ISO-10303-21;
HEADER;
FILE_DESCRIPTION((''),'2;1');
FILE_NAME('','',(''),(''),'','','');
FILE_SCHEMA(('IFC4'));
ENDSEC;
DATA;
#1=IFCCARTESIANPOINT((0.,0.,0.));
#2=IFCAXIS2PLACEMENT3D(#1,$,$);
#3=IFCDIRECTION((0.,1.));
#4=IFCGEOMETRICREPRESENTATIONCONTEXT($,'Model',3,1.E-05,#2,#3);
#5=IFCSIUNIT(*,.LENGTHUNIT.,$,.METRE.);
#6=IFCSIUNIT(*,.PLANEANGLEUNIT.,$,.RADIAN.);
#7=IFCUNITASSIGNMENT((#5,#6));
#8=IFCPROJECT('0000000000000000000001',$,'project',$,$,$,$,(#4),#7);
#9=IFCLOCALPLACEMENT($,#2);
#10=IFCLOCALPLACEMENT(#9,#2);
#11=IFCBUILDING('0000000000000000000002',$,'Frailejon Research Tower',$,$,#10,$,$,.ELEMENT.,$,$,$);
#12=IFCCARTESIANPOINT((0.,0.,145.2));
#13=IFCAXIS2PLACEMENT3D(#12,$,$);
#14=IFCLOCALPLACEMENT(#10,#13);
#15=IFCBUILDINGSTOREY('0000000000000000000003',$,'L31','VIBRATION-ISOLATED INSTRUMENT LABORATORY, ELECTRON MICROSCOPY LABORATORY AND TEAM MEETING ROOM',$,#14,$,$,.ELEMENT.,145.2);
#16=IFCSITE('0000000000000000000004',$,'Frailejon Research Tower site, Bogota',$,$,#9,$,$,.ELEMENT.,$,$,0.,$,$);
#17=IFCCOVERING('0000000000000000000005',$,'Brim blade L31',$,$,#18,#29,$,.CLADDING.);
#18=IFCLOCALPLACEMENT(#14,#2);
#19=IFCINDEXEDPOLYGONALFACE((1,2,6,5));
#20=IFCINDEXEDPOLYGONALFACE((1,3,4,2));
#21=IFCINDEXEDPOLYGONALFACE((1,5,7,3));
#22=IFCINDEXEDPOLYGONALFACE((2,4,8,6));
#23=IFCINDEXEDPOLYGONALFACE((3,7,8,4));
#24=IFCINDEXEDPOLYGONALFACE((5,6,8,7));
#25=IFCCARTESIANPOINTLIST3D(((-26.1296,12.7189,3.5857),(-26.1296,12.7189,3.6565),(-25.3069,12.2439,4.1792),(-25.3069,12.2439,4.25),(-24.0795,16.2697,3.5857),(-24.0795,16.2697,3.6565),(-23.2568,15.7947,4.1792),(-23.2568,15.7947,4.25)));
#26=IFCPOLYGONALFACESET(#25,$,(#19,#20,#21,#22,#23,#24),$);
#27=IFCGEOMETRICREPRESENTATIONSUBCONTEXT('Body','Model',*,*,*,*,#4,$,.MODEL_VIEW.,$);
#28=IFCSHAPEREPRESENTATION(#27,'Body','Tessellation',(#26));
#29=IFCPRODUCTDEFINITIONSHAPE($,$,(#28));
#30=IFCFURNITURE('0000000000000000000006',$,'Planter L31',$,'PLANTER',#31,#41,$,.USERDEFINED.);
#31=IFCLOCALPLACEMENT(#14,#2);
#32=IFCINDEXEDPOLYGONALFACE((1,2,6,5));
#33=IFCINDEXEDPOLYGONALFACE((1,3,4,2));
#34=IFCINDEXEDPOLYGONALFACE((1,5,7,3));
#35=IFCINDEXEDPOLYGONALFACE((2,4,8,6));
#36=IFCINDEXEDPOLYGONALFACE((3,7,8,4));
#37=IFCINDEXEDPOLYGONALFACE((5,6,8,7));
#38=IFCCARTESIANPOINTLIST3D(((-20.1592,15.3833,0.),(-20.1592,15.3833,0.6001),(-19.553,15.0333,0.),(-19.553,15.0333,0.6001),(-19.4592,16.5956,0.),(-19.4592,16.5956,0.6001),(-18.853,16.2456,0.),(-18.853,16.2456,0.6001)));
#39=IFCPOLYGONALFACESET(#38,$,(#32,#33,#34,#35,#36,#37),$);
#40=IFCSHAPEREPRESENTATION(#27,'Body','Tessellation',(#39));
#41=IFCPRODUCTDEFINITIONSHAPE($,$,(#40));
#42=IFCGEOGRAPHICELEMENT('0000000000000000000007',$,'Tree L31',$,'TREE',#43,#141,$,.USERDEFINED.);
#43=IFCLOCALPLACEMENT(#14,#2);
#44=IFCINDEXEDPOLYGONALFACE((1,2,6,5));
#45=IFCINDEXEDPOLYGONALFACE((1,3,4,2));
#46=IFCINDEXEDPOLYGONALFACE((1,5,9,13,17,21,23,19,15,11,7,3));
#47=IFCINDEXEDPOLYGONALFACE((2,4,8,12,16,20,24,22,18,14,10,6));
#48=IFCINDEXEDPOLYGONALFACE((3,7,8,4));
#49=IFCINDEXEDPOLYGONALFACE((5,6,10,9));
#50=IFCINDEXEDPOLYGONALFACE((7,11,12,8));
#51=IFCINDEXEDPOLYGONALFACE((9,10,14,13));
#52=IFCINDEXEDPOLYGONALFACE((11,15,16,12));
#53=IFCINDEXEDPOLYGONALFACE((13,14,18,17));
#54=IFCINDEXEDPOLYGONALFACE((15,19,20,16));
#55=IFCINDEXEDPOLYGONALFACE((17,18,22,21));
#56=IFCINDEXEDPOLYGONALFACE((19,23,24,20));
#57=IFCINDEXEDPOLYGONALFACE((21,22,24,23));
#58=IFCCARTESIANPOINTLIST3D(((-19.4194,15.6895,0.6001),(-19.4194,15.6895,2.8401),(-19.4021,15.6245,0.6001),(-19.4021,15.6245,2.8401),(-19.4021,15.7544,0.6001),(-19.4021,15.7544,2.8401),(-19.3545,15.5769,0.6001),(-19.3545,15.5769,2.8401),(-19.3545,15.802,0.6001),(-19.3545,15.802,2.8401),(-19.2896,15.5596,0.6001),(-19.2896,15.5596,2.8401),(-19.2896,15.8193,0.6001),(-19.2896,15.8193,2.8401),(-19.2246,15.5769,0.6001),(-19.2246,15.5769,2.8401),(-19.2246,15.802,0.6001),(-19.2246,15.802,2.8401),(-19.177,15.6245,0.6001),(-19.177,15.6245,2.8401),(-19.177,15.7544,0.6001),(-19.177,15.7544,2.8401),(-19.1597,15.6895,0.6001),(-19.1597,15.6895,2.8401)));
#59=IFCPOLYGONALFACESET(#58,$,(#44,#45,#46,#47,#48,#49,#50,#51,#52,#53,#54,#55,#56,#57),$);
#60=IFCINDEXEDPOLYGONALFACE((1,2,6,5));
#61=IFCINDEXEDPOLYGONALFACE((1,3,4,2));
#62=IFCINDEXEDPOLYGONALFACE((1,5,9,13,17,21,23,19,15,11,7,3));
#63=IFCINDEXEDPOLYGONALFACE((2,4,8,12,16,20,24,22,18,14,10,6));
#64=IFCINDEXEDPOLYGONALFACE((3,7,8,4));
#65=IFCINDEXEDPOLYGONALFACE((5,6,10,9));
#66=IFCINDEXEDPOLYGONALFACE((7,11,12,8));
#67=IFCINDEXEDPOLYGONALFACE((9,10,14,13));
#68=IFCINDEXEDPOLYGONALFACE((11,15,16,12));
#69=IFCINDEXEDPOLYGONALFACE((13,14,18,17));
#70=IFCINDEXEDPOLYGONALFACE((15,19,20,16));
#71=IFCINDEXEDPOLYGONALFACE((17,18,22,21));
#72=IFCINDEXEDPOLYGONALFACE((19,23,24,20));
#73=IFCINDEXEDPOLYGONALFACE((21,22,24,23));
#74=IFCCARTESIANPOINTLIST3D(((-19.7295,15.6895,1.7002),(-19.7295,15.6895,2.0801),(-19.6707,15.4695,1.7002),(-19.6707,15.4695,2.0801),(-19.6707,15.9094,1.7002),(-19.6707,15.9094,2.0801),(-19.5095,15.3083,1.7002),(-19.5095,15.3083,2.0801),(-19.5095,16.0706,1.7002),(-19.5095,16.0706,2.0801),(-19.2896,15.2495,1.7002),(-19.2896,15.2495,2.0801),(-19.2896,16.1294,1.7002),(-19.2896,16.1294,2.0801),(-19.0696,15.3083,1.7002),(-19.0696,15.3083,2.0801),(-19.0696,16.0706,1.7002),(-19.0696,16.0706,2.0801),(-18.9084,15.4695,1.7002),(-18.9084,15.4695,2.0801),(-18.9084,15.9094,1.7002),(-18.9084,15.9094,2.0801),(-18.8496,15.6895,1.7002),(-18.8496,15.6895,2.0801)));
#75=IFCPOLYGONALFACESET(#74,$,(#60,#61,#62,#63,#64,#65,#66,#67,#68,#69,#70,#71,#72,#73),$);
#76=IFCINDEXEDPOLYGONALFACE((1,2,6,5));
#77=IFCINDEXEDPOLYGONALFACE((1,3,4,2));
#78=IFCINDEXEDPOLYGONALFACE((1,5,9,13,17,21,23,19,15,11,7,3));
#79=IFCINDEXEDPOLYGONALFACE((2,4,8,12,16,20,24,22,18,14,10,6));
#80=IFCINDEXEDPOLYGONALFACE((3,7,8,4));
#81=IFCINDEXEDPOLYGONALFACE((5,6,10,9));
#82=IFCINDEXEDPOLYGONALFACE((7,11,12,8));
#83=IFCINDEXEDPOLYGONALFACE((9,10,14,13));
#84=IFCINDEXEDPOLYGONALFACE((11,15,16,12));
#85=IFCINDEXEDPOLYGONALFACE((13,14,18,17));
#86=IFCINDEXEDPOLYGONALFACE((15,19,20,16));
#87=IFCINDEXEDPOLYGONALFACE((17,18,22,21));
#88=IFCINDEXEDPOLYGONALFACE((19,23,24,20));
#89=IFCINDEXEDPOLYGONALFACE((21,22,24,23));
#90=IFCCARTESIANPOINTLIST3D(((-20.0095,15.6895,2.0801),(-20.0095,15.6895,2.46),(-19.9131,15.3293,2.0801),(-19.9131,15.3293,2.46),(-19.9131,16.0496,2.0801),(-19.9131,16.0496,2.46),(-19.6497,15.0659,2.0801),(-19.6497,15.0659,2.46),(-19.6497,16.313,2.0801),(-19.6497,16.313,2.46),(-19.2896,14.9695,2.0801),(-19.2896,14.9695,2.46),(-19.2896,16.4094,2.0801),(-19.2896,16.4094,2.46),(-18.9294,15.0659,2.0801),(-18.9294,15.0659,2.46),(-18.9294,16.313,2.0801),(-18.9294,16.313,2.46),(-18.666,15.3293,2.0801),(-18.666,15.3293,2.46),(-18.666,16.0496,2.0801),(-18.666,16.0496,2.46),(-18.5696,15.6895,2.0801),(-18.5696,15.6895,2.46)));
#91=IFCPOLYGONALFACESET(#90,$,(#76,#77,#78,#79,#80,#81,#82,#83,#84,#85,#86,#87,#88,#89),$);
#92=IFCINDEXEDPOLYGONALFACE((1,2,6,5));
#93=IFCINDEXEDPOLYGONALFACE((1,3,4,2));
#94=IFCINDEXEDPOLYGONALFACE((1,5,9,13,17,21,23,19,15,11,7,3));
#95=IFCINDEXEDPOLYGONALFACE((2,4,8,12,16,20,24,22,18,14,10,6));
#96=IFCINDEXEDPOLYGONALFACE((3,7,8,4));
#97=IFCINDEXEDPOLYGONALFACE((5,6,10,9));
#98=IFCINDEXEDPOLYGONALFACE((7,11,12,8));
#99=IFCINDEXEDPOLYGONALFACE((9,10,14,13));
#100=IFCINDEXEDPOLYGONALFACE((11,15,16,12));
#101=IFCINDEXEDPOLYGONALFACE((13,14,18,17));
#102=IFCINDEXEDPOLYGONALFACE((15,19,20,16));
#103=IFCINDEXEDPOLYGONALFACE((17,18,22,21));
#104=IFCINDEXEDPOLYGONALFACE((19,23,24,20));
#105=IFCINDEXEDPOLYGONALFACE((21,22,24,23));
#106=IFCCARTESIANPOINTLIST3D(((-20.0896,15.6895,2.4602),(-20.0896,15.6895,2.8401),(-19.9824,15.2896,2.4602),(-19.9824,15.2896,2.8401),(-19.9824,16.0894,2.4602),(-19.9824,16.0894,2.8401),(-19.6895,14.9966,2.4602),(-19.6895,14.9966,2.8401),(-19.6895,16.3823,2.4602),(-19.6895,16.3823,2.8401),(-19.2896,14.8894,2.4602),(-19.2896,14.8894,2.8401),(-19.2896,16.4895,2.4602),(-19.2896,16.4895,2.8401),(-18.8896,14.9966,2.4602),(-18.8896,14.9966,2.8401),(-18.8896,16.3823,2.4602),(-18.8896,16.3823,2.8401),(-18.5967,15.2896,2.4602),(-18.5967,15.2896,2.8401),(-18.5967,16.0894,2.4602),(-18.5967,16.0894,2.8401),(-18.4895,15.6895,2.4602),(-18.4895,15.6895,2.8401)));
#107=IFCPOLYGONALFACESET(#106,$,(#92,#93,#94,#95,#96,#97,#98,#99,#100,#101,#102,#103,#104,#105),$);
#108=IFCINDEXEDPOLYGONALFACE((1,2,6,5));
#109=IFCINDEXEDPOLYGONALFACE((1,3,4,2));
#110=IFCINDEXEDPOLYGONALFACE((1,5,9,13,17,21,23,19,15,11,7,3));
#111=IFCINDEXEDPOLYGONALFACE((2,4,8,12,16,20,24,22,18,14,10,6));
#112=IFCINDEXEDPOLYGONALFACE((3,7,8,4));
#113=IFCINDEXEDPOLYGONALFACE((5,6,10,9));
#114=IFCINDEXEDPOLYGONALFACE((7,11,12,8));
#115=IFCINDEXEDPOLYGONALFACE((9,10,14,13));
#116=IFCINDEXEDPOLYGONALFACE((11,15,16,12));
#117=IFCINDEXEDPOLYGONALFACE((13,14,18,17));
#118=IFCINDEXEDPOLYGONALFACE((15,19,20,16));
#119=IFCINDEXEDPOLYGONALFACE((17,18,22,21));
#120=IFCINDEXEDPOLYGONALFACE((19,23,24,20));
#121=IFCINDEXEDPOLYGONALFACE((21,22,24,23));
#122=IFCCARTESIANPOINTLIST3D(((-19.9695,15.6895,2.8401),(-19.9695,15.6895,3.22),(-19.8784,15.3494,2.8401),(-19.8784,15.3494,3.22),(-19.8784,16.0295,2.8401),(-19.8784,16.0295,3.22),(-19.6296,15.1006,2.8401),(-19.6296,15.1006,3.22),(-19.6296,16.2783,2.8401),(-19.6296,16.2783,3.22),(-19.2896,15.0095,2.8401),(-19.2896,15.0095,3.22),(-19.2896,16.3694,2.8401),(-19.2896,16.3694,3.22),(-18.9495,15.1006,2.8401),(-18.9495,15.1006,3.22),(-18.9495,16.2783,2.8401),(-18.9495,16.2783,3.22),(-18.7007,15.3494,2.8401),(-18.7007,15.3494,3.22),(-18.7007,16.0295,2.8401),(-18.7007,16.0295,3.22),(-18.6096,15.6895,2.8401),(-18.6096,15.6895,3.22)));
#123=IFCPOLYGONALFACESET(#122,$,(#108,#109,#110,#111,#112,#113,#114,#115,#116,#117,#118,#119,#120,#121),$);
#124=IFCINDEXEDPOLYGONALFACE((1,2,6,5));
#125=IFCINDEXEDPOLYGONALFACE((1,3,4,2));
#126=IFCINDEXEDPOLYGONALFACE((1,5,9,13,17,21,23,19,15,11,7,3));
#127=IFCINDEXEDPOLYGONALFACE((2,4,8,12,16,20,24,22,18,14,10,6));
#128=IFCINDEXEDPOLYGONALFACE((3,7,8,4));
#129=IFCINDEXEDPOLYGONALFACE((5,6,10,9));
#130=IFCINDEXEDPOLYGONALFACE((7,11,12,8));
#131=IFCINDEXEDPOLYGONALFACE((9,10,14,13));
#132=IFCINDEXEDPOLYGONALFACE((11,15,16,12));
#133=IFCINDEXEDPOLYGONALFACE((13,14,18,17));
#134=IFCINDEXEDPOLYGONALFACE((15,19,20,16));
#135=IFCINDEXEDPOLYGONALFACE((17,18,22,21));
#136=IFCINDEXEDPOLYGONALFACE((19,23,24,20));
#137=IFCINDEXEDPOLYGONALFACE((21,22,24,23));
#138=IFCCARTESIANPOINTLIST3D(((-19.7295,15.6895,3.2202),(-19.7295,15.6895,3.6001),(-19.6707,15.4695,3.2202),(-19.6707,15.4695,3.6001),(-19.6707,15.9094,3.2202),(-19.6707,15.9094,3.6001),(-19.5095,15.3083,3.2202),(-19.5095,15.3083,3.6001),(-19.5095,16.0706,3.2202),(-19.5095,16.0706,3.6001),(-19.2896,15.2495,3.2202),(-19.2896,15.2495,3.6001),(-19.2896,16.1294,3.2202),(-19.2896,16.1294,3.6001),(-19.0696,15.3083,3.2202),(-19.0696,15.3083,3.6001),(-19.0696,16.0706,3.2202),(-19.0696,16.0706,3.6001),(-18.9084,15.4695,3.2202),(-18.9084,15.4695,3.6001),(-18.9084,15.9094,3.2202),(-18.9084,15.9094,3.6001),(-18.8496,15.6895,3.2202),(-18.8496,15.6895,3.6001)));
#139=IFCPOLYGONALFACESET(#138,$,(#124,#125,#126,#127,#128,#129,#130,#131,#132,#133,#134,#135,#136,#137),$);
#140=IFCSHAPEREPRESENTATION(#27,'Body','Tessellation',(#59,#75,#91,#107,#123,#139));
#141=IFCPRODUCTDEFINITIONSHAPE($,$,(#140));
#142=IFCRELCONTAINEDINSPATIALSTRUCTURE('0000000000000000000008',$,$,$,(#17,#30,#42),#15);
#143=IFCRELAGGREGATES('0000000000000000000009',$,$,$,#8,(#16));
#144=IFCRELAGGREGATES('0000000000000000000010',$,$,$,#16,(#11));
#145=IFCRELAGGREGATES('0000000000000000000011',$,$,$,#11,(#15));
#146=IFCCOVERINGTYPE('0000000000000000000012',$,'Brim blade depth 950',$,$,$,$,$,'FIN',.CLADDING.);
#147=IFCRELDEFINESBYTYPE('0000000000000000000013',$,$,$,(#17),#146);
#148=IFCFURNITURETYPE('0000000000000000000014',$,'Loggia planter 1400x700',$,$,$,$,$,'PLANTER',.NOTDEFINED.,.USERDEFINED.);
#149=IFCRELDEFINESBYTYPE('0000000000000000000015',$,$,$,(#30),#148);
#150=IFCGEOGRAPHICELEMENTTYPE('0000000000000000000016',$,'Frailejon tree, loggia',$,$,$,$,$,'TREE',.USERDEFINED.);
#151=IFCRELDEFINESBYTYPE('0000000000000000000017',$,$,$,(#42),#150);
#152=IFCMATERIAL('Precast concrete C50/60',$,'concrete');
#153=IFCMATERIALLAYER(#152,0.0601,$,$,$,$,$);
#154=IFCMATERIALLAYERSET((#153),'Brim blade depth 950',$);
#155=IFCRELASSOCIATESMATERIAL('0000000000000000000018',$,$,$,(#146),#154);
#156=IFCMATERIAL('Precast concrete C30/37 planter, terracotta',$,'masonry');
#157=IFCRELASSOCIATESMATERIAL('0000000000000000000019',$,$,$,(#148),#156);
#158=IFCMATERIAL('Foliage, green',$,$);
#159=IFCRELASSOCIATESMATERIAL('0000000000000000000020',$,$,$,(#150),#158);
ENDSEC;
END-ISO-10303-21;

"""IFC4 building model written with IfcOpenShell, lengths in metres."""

from ifc_helpers import new_model, si_unit, direction, frame, origin, origin_2d, place, context, subcontext, project, spatial, polyline, rectangle, outline, extrude, material, layer, layer_set, type_object, element, save


model = new_model("IFC4")

# Units and contexts
model_context = context("Model", 3, precision=1e-05, world=origin(), true_north=direction((0.0, 1.0)))
body_context = subcontext(model_context, "Body", "Model", "MODEL_VIEW")
ifc_project = project(units=[si_unit("LENGTHUNIT", "METRE"), si_unit("PLANEANGLEUNIT", "RADIAN")], contexts=[model_context])

# Site, building, storey
site_placement = place(None, origin())
site = spatial("IfcSite", under=ifc_project, at=site_placement, Name="Frailejon Research Tower site, Bogota", CompositionType="ELEMENT", RefElevation=0.0)
building_placement = place(site_placement, origin())
building = spatial("IfcBuilding", under=site, at=building_placement, Name="Frailejon Research Tower", CompositionType="ELEMENT")
storey_placement = place(building_placement, frame((0.0, 0.0, 145.2)))
storey = spatial("IfcBuildingStorey", under=building, at=storey_placement, Name="L31", Description="VIBRATION-ISOLATED INSTRUMENT LABORATORY, ELECTRON MICROSCOPY LABORATORY AND TEAM MEETING ROOM", CompositionType="ELEMENT", Elevation=145.2)

# Covering
ifc_material_1 = material(Name="Precast concrete C50/60", Category="concrete")
ifc_layer_1 = layer(ifc_material_1, 0.0601)
ifc_layer_set_1 = layer_set([ifc_layer_1], Name="Brim blade depth 950")
covering_type_1 = type_object("IfcCoveringType", Name="Brim blade depth 950", ElementType="FIN", PredefinedType="CLADDING", material=ifc_layer_set_1)
covering_1_placement = place(storey_placement, frame((-25.3069, 12.2439, 4.25), z_axis=(0.500001, 0.866025, 0.0), x_axis=(-0.866025, 0.500001, 0.0)))
element("IfcCovering", 1, at=covering_1_placement, inside=storey, type_object=covering_type_1, Name="Brim blade L31", PredefinedType="CLADDING", context=body_context, shape_type="SweptSolid", body=[
    extrude(outline(polyline([(0.0, -0.0708), (0.95, -0.6643), (0.95, -0.5935), (0.0, 0.0), (0.0, -0.0708)])), origin(), (0.0, 0.0, 1.0), 4.1001),
])

# Furniture
ifc_material_2 = material(Name="Precast concrete C30/37 planter, terracotta", Category="masonry")
furniture_type = type_object("IfcFurnitureType", Name="Loggia planter 1400x700", ElementType="PLANTER", AssemblyPlace="NOTDEFINED", PredefinedType="USERDEFINED", material=ifc_material_2)
furniture_placement = place(storey_placement, frame((-19.5061, 15.8145, 0.0), z_axis=(0.0, 0.0, 1.0), x_axis=(-0.5, -0.866025, 0.0)))
element("IfcFurniture", 2, at=furniture_placement, inside=storey, type_object=furniture_type, Name="Planter L31", ObjectType="PLANTER", PredefinedType="USERDEFINED", context=body_context, shape_type="SweptSolid", body=[
    extrude(rectangle(XDim=1.3999, YDim=0.7, at=origin_2d()), origin(), (0.0, 0.0, 1.0), 0.6001),
])

# Geographic element
ifc_material_3 = material(Name="Foliage, green")
geographic_element_type = type_object("IfcGeographicElementType", Name="Frailejon tree, loggia", ElementType="TREE", PredefinedType="USERDEFINED", material=ifc_material_3)
geographic_element_placement = place(storey_placement, frame((-19.2896, 15.6895, 0.6001)))
element("IfcGeographicElement", 3, at=geographic_element_placement, inside=storey, type_object=geographic_element_type, Name="Tree L31", ObjectType="TREE", PredefinedType="USERDEFINED", context=body_context, shape_type="SweptSolid", body=[
    extrude(outline(polyline([(0.1299, 0.0), (0.1125, 0.0649), (0.0649, 0.1125), (0.0, 0.1299), (-0.0649, 0.1125), (-0.1125, 0.0649), (-0.1299, 0.0), (-0.1125, -0.0649), (-0.0649, -0.1125), (0.0, -0.1299), (0.0649, -0.1125), (0.1125, -0.0649), (0.1299, 0.0)])), origin(), (0.0, 0.0, 1.0), 2.24),
    extrude(outline(polyline([(0.4399, 0.0), (0.3811, 0.22), (0.22, 0.3811), (0.0, 0.4399), (-0.22, 0.3811), (-0.3811, 0.22), (-0.4399, 0.0), (-0.3811, -0.22), (-0.22, -0.3811), (0.0, -0.4399), (0.22, -0.3811), (0.3811, -0.22), (0.4399, 0.0)])), frame((0.0, 0.0, 1.1001)), (0.0, 0.0, 1.0), 0.3799),
    extrude(outline(polyline([(0.72, 0.0), (0.6235, 0.3601), (0.3601, 0.6235), (0.0, 0.72), (-0.3601, 0.6235), (-0.6235, 0.3601), (-0.72, 0.0), (-0.6235, -0.3601), (-0.3601, -0.6235), (0.0, -0.72), (0.3601, -0.6235), (0.6235, -0.3601), (0.72, 0.0)])), frame((0.0, 0.0, 1.48)), (0.0, 0.0, 1.0), 0.3799),
    extrude(outline(polyline([(0.8, 0.0), (0.6929, 0.3999), (0.3999, 0.6929), (0.0, 0.8), (-0.3999, 0.6929), (-0.6929, 0.3999), (-0.8, 0.0), (-0.6929, -0.3999), (-0.3999, -0.6929), (0.0, -0.8), (0.3999, -0.6929), (0.6929, -0.3999), (0.8, 0.0)])), frame((0.0, 0.0, 1.8601)), (0.0, 0.0, 1.0), 0.3799),
    extrude(outline(polyline([(0.6799, 0.0), (0.5889, 0.3401), (0.3401, 0.5889), (0.0, 0.6799), (-0.3401, 0.5889), (-0.5889, 0.3401), (-0.6799, 0.0), (-0.5889, -0.3401), (-0.3401, -0.5889), (0.0, -0.6799), (0.3401, -0.5889), (0.5889, -0.3401), (0.6799, 0.0)])), frame((0.0, 0.0, 2.24)), (0.0, 0.0, 1.0), 0.3799),
    extrude(outline(polyline([(0.4399, 0.0), (0.3811, 0.22), (0.22, 0.3811), (0.0, 0.4399), (-0.22, 0.3811), (-0.3811, 0.22), (-0.4399, 0.0), (-0.3811, -0.22), (-0.22, -0.3811), (0.0, -0.4399), (0.22, -0.3811), (0.3811, -0.22), (0.4399, 0.0)])), frame((0.0, 0.0, 2.6201)), (0.0, 0.0, 1.0), 0.3799),
])

save(model, "model.ifc")
